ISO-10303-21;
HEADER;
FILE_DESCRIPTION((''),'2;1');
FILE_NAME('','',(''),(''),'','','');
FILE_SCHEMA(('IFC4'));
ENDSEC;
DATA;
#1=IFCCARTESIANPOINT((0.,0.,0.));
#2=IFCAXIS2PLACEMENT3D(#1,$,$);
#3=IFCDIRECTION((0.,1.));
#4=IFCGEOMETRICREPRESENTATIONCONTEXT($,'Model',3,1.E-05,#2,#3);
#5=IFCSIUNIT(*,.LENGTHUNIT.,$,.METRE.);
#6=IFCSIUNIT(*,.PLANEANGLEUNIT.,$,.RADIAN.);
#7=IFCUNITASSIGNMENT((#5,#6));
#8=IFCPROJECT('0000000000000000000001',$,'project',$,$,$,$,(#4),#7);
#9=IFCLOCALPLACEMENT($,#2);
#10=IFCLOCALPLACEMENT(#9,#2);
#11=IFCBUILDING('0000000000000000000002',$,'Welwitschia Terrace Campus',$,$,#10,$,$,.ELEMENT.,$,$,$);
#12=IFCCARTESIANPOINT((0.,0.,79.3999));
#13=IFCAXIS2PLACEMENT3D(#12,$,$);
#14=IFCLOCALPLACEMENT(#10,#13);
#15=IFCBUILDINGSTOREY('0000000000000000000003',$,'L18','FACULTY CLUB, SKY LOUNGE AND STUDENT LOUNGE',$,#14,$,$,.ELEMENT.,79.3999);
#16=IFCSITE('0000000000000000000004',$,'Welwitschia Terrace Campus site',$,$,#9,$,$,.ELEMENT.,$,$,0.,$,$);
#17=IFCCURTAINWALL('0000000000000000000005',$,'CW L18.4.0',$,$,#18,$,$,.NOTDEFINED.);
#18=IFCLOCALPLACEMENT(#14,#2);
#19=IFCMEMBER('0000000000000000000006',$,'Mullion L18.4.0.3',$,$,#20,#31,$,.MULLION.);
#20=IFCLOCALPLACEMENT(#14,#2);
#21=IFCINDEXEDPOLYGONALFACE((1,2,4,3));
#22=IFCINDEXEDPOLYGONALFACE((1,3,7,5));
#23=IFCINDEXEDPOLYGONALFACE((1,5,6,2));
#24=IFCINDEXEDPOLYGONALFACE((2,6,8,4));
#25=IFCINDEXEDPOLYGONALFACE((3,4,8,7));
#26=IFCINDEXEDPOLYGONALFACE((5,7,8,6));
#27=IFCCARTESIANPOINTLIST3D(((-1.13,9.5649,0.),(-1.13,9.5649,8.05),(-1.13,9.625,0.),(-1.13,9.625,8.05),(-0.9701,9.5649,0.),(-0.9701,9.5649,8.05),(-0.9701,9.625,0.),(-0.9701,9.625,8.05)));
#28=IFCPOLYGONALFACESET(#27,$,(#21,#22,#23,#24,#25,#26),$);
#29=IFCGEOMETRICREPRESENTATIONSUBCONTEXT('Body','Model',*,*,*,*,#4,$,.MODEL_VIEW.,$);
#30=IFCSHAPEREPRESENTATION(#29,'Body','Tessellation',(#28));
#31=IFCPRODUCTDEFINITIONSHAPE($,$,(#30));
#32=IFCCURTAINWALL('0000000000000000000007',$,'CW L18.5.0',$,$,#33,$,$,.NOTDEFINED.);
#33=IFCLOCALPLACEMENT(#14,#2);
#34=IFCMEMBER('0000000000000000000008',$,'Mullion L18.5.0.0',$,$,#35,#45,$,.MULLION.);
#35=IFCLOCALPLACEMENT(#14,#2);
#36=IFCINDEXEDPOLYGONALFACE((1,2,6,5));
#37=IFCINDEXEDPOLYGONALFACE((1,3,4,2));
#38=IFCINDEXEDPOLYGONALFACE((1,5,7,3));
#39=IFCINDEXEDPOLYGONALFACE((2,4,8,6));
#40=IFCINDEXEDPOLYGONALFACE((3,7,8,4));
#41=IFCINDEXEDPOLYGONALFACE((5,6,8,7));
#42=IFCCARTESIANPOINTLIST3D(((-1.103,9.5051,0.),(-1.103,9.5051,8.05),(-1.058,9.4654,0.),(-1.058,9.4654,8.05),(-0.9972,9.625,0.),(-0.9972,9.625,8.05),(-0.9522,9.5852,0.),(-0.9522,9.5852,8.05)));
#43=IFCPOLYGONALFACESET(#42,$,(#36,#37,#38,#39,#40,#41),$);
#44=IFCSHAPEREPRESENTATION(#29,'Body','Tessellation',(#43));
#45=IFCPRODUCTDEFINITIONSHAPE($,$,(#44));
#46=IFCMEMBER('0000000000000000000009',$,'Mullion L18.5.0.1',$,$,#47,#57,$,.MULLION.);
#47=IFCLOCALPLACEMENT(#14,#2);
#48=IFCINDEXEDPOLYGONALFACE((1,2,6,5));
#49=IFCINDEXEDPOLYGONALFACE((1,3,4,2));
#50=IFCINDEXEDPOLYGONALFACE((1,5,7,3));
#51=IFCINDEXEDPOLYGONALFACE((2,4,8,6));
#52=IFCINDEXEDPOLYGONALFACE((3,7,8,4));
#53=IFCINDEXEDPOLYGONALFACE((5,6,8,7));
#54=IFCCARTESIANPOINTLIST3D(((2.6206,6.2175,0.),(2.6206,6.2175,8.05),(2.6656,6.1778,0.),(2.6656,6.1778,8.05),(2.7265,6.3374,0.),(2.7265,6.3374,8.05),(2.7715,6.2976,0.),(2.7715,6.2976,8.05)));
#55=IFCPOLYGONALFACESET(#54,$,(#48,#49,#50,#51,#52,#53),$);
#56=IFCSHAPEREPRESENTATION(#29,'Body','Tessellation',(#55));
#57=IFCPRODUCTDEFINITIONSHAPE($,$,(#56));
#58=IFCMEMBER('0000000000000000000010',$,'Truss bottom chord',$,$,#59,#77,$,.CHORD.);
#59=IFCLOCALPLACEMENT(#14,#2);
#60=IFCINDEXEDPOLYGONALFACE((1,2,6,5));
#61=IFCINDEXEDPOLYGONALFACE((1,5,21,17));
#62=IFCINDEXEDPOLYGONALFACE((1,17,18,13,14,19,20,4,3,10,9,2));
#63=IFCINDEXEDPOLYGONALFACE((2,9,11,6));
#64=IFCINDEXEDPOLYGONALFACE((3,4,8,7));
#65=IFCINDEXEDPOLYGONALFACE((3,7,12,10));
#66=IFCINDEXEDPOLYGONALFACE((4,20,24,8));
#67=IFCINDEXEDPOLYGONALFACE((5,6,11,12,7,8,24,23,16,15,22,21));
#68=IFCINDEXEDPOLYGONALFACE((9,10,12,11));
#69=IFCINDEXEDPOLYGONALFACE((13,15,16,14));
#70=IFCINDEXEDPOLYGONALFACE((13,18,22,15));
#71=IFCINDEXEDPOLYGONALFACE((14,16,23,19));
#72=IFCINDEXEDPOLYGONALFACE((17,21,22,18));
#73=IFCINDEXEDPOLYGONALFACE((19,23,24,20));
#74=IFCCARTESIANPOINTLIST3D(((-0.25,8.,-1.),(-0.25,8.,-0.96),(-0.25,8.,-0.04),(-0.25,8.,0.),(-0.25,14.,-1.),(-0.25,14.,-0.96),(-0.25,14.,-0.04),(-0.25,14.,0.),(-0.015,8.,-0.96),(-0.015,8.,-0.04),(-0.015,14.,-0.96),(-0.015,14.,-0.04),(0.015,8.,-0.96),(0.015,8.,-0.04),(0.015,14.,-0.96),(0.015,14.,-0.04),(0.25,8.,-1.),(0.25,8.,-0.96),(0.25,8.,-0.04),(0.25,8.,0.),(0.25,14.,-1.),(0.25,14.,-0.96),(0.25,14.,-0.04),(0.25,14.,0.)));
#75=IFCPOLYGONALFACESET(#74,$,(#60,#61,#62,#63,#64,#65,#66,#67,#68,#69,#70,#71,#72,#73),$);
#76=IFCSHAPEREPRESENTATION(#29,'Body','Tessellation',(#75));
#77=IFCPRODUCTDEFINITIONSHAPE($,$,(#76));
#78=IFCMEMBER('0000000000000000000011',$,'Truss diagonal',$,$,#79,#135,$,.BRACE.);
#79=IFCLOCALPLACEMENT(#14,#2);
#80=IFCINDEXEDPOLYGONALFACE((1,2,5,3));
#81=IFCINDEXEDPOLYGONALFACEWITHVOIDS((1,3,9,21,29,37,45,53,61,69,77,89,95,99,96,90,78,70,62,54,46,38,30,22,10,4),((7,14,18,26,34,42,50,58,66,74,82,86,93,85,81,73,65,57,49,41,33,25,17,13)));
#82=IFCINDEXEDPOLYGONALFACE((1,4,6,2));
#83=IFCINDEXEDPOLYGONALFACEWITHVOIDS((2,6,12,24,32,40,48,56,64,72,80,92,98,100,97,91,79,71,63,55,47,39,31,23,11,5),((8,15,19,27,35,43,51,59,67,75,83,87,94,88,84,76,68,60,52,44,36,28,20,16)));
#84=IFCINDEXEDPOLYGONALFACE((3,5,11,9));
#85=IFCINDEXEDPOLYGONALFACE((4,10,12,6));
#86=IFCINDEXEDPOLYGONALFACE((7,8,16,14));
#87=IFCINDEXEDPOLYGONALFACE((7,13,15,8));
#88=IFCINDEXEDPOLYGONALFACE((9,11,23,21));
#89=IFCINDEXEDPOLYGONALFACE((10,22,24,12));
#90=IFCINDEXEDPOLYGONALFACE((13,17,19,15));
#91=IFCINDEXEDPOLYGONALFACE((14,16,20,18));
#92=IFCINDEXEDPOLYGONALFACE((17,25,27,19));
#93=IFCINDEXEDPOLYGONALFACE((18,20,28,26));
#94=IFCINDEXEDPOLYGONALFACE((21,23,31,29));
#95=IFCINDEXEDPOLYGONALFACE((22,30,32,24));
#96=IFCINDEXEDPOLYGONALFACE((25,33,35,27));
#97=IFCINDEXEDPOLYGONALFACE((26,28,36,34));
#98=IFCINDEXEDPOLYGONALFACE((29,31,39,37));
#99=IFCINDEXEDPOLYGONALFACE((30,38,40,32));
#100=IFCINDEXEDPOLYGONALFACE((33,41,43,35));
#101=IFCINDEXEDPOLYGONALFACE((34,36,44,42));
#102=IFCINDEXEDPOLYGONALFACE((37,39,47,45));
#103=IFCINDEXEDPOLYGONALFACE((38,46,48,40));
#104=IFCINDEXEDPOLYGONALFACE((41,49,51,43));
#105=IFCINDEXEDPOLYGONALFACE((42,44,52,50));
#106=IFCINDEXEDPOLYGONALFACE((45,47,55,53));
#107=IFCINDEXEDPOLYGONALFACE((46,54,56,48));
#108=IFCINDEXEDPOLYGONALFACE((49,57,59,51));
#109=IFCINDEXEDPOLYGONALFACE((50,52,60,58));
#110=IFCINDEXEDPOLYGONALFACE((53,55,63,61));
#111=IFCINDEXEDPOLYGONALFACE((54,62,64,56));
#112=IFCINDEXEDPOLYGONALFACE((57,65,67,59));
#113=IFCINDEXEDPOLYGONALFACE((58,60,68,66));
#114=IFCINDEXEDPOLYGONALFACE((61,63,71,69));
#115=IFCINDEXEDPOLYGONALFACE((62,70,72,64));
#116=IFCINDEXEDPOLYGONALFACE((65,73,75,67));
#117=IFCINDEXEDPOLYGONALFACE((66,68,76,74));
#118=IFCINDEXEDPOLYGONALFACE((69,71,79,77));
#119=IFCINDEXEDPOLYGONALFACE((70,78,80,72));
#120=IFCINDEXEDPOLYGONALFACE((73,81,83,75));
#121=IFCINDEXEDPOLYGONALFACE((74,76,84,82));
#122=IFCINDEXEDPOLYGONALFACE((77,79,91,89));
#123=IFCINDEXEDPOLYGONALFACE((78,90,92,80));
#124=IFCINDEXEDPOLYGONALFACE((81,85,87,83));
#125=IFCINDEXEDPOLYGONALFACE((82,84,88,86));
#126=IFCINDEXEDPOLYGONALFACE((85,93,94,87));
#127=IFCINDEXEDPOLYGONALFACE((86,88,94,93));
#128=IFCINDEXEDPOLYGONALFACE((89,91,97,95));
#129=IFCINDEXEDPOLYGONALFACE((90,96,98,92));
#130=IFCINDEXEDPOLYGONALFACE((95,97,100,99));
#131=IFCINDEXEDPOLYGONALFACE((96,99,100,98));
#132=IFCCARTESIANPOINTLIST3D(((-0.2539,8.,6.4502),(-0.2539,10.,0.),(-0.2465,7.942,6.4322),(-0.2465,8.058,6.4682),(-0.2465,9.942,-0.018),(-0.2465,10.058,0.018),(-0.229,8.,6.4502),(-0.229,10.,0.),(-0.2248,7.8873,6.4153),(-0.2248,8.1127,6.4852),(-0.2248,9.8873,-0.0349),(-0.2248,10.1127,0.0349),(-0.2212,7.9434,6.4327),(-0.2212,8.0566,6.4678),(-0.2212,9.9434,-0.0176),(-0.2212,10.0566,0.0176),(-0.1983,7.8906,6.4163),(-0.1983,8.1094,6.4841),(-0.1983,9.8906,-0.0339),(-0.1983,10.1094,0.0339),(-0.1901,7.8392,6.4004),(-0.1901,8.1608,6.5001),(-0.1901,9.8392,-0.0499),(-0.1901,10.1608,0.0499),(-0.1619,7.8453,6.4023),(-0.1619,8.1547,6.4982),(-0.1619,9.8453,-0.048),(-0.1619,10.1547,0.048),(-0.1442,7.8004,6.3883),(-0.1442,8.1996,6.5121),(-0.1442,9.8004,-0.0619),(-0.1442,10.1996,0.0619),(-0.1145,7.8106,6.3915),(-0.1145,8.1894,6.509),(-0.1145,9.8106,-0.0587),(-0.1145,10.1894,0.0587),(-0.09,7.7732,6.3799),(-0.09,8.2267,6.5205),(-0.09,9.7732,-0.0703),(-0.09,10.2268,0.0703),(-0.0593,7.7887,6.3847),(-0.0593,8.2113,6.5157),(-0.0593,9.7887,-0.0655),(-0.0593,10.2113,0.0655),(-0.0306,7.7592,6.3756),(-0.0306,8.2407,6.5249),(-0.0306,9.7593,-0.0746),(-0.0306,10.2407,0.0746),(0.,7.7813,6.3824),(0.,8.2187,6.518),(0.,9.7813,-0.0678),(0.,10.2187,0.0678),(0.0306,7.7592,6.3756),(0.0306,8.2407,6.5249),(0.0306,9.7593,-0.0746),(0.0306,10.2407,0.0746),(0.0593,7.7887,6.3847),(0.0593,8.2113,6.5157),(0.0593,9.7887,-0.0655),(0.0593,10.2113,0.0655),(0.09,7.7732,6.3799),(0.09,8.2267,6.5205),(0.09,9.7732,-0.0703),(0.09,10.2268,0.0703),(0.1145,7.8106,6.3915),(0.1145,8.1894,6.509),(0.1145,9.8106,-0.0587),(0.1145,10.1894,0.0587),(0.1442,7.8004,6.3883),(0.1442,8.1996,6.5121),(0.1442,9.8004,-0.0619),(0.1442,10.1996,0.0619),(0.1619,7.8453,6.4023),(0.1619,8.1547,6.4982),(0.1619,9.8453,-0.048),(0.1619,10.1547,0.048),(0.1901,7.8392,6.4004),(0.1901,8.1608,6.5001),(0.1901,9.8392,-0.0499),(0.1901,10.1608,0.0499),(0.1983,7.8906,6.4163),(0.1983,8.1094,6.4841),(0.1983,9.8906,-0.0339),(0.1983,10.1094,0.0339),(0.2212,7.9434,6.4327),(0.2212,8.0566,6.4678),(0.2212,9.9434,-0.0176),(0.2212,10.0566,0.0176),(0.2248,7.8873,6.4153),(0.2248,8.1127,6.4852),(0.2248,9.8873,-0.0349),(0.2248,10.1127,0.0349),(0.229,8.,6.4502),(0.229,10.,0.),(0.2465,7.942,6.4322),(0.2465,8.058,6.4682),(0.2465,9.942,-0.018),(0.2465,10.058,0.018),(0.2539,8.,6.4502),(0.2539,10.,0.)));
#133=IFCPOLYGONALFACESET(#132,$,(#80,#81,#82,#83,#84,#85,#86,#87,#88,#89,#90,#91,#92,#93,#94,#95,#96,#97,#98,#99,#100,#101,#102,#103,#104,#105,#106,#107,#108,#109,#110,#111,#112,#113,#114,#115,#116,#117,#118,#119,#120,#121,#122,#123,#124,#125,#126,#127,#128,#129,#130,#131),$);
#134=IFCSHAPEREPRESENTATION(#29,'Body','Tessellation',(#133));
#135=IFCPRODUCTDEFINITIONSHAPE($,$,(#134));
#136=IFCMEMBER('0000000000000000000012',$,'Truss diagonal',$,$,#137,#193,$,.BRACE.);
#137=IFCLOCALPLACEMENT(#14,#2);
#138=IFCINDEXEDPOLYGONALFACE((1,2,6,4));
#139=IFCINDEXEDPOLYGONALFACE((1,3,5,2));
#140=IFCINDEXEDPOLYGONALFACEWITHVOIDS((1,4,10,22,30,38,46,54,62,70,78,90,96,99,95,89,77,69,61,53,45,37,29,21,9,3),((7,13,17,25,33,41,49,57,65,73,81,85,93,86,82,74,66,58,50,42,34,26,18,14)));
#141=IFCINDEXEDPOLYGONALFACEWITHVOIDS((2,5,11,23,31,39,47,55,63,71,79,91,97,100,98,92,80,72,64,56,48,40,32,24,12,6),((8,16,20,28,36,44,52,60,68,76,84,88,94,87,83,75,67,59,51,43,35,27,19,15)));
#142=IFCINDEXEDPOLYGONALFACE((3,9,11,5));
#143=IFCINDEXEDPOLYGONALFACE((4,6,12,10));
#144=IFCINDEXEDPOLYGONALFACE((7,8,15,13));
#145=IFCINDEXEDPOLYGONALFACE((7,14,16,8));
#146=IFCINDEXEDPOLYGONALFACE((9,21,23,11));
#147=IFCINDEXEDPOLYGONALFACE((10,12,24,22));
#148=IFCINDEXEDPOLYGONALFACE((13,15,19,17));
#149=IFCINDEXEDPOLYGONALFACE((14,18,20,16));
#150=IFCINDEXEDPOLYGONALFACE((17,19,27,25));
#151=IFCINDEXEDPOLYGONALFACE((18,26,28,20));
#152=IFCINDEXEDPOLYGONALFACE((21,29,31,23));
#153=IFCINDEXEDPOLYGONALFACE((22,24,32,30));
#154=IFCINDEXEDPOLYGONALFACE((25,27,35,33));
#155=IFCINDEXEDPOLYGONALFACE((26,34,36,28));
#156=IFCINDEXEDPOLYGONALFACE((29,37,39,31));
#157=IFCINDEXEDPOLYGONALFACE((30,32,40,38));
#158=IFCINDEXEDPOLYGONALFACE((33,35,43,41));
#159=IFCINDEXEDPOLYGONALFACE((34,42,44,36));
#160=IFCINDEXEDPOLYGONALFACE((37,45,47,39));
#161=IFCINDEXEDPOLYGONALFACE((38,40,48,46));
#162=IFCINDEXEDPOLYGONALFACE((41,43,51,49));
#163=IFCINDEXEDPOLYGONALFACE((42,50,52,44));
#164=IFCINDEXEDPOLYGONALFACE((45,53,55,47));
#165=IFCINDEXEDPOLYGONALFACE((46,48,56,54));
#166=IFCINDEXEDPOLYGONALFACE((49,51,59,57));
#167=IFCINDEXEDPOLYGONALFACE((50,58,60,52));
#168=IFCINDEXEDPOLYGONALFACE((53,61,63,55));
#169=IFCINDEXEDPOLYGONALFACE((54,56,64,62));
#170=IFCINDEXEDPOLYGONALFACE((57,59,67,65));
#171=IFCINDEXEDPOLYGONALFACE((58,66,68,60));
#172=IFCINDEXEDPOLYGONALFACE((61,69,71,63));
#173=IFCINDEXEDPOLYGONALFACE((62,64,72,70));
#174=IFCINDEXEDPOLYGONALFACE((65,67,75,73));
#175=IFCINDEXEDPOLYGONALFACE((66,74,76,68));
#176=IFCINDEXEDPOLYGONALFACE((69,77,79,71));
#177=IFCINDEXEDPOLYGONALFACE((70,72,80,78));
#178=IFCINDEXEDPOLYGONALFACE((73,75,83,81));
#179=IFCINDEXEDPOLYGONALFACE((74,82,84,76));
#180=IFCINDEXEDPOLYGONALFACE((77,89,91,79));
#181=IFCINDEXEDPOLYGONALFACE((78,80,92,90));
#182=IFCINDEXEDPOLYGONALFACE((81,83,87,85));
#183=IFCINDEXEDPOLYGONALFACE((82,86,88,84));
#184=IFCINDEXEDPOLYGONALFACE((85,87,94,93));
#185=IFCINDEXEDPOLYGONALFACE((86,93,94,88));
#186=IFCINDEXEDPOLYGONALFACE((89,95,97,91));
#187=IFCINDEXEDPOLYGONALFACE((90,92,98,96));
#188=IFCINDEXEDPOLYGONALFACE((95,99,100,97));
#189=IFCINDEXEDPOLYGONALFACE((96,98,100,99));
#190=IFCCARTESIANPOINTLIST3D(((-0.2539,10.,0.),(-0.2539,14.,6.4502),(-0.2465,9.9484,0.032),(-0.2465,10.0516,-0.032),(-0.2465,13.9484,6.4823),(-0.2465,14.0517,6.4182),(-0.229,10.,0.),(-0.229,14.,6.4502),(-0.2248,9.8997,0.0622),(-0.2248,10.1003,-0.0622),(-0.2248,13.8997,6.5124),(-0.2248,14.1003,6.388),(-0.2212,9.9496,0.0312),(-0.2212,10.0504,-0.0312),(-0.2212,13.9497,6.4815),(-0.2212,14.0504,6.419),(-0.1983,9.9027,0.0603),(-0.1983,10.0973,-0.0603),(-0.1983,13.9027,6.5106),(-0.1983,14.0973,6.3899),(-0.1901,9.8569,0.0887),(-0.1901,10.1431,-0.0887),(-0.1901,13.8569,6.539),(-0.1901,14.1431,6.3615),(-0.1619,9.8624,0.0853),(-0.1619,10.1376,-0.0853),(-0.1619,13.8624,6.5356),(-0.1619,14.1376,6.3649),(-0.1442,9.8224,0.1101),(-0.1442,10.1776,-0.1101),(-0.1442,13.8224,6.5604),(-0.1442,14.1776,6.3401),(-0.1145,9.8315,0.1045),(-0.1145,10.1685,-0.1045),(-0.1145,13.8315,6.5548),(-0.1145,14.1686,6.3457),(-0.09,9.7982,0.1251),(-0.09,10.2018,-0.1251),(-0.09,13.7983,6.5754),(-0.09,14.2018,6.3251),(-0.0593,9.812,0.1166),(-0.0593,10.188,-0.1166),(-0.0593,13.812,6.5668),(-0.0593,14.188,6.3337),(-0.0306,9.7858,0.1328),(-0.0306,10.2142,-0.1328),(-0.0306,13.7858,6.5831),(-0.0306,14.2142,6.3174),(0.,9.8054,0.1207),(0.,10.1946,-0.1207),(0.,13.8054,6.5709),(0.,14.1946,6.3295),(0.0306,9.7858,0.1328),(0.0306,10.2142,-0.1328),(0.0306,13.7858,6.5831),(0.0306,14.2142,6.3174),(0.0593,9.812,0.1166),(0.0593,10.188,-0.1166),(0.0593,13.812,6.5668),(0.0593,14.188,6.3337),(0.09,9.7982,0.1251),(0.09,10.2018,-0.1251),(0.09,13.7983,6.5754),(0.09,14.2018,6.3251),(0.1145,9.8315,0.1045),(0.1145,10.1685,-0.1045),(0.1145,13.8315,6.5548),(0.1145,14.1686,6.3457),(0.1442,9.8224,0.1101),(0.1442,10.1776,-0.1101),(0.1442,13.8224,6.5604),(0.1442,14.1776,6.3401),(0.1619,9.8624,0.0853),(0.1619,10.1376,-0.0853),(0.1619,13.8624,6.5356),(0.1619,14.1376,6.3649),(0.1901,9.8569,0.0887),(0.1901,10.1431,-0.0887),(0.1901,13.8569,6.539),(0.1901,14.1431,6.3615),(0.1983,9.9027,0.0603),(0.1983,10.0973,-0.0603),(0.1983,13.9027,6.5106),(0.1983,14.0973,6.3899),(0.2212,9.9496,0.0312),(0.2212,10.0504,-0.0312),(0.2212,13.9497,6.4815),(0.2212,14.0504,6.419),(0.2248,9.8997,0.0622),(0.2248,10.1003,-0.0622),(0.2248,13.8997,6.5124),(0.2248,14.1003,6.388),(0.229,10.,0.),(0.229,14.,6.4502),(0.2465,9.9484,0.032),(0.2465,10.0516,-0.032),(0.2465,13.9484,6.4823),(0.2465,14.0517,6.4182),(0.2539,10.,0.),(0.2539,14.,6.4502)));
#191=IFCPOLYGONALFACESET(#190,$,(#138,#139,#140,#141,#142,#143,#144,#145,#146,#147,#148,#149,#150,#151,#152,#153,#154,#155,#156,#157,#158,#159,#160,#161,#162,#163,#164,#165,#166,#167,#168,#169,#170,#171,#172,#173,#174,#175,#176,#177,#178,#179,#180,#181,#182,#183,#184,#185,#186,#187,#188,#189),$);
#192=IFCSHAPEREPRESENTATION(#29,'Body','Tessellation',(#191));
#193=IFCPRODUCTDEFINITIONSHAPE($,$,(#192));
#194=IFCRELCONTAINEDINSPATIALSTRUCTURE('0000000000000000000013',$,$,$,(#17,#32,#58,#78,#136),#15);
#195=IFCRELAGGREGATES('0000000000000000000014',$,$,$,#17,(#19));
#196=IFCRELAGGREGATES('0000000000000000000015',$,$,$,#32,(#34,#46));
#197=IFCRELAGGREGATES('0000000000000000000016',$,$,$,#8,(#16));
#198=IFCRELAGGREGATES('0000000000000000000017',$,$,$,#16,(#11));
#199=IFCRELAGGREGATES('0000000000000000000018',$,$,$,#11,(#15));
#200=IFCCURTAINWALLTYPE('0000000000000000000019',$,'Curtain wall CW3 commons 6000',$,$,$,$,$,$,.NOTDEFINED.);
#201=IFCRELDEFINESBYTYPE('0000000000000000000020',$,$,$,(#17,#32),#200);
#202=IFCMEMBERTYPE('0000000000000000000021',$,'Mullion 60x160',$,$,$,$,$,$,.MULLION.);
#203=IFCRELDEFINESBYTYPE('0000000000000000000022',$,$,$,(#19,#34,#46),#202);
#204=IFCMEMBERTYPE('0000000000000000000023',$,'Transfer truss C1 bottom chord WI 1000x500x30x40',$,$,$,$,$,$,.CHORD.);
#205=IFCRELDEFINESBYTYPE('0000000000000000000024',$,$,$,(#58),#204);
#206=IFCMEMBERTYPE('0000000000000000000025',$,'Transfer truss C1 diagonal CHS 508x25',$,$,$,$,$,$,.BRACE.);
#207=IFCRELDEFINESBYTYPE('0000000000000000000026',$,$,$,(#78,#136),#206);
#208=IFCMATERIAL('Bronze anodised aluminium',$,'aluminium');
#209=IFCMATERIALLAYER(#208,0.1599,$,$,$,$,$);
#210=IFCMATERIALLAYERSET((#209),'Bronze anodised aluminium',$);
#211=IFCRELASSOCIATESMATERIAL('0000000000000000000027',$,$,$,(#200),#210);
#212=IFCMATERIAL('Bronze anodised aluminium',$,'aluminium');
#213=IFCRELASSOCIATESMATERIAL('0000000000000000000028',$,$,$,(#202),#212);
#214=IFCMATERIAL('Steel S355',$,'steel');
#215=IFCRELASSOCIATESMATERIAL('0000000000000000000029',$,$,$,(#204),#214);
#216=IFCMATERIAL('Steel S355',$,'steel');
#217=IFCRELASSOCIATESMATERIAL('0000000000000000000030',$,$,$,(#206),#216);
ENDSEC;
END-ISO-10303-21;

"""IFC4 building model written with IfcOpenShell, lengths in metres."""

from ifc_helpers import new_model, si_unit, direction, frame, origin, origin_2d, place, context, subcontext, project, spatial, rectangle, hollow_circle, i_section, extrude, material, layer, layer_set, material_profile, profile_set, type_object, element, aggregate, save


model = new_model("IFC4")

# Units and contexts
model_context = context("Model", 3, precision=1e-05, world=origin(), true_north=direction((0.0, 1.0)))
body_context = subcontext(model_context, "Body", "Model", "MODEL_VIEW")
ifc_project = project(units=[si_unit("LENGTHUNIT", "METRE"), si_unit("PLANEANGLEUNIT", "RADIAN")], contexts=[model_context])

# Site, building, storey
site_placement = place(None, origin())
site = spatial("IfcSite", under=ifc_project, at=site_placement, Name="Welwitschia Terrace Campus site", CompositionType="ELEMENT", RefElevation=0.0)
building_placement = place(site_placement, origin())
building = spatial("IfcBuilding", under=site, at=building_placement, Name="Welwitschia Terrace Campus", CompositionType="ELEMENT")
storey_placement = place(building_placement, frame((0.0, 0.0, 79.3999)))
storey = spatial("IfcBuildingStorey", under=building, at=storey_placement, Name="L18", Description="FACULTY CLUB, SKY LOUNGE AND STUDENT LOUNGE", CompositionType="ELEMENT", Elevation=79.3999)

# Curtain wall, member
ifc_material_1 = material(Name="Bronze anodised aluminium", Category="aluminium")
ifc_layer_1 = layer(ifc_material_1, 0.1599)
ifc_layer_set_1 = layer_set([ifc_layer_1], Name="Bronze anodised aluminium")
curtain_wall_type = type_object("IfcCurtainWallType", Name="Curtain wall CW3 commons 6000", PredefinedType="NOTDEFINED", material=ifc_layer_set_1)
curtain_wall_1_placement = place(storey_placement, origin())
curtain_wall_1 = element("IfcCurtainWall", 1, at=curtain_wall_1_placement, inside=storey, type_object=curtain_wall_type, Name="CW L18.4.0", PredefinedType="NOTDEFINED")
ifc_material_2 = material(Name="Bronze anodised aluminium", Category="aluminium")
ifc_material_profile_1 = material_profile(ifc_material_2, rectangle(XDim=0.1599, YDim=0.0601, at=origin_2d()))
ifc_profile_set_1 = profile_set([ifc_material_profile_1], Name="Bronze anodised aluminium")
member_type_1 = type_object("IfcMemberType", Name="Mullion 60x160", PredefinedType="MULLION", material=ifc_profile_set_1)
member_1_placement = place(storey_placement, frame((-1.05, 9.595, 0.0), z_axis=(0.0, 0.0, 1.0), x_axis=(1.0, 0.0, 0.0)))
member_1 = element("IfcMember", 2, at=member_1_placement, type_object=member_type_1, Name="Mullion L18.4.0.3", PredefinedType="MULLION", context=body_context, shape_type="SweptSolid", body=[
    extrude(rectangle(XDim=0.1599, YDim=0.0601, at=origin_2d()), origin(), (0.0, 0.0, 1.0), 8.05),
])
aggregate(curtain_wall_1, [member_1])

# Curtain wall, members
curtain_wall_2_placement = place(storey_placement, origin())
curtain_wall_2 = element("IfcCurtainWall", 3, at=curtain_wall_2_placement, inside=storey, type_object=curtain_wall_type, Name="CW L18.5.0", PredefinedType="NOTDEFINED")
member_2_placement = place(storey_placement, frame((-1.0276, 9.5452, 0.0), z_axis=(0.0, 0.0, 1.0), x_axis=(0.661858, 0.74963, 0.0)))
member_2 = element("IfcMember", 4, at=member_2_placement, type_object=member_type_1, Name="Mullion L18.5.0.0", PredefinedType="MULLION", context=body_context, shape_type="SweptSolid", body=[
    extrude(rectangle(XDim=0.1599, YDim=0.0601, at=origin_2d()), origin(), (0.0, 0.0, 1.0), 8.05),
])
member_3_placement = place(storey_placement, frame((2.696, 6.2576, 0.0), z_axis=(0.0, 0.0, 1.0), x_axis=(0.661858, 0.74963, 0.0)))
member_3 = element("IfcMember", 5, at=member_3_placement, type_object=member_type_1, Name="Mullion L18.5.0.1", PredefinedType="MULLION", context=body_context, shape_type="SweptSolid", body=[
    extrude(rectangle(XDim=0.1599, YDim=0.0601, at=origin_2d()), origin(), (0.0, 0.0, 1.0), 8.05),
])

# Members
ifc_material_3 = material(Name="Steel S355", Category="steel")
ifc_material_profile_2 = material_profile(ifc_material_3, i_section(OverallWidth=0.5, OverallDepth=1.0, WebThickness=0.03, FlangeThickness=0.04, at=origin_2d()))
ifc_profile_set_2 = profile_set([ifc_material_profile_2], Name="Steel S355")
member_type_2 = type_object("IfcMemberType", Name="Transfer truss C1 bottom chord WI 1000x500x30x40", PredefinedType="CHORD", material=ifc_profile_set_2)
member_4_placement = place(storey_placement, frame((0.0, 8.0, -0.5), z_axis=(0.0, 1.0, 0.0), x_axis=(-1.0, 0.0, 0.0)))
element("IfcMember", 6, at=member_4_placement, inside=storey, type_object=member_type_2, Name="Truss bottom chord", PredefinedType="CHORD", context=body_context, shape_type="SweptSolid", body=[
    extrude(i_section(OverallWidth=0.5, OverallDepth=1.0, WebThickness=0.03, FlangeThickness=0.04, at=origin_2d()), origin(), (0.0, 0.0, 1.0), 6.0),
])
ifc_material_4 = material(Name="Steel S355", Category="steel")
ifc_material_profile_3 = material_profile(ifc_material_4, hollow_circle(Radius=0.2539, WallThickness=0.0249, at=origin_2d()))
ifc_profile_set_3 = profile_set([ifc_material_profile_3], Name="Steel S355")
member_type_3 = type_object("IfcMemberType", Name="Transfer truss C1 diagonal CHS 508x25", PredefinedType="BRACE", material=ifc_profile_set_3)
member_5_placement = place(storey_placement, frame((0.0, 10.0, 0.0), z_axis=(0.0, -0.296158, 0.955139), x_axis=(1.0, 0.0, 0.0)))
element("IfcMember", 7, at=member_5_placement, inside=storey, type_object=member_type_3, Name="Truss diagonal", PredefinedType="BRACE", context=body_context, shape_type="SweptSolid", body=[
    extrude(hollow_circle(Radius=0.2539, WallThickness=0.0249, at=origin_2d()), origin(), (0.0, 0.0, 1.0), 6.7532),
])
member_6_placement = place(storey_placement, frame((0.0, 10.0, 0.0), z_axis=(0.0, 0.527023, 0.849851), x_axis=(-1.0, 0.0, 0.0)))
element("IfcMember", 8, at=member_6_placement, inside=storey, type_object=member_type_3, Name="Truss diagonal", PredefinedType="BRACE", context=body_context, shape_type="SweptSolid", body=[
    extrude(hollow_circle(Radius=0.2539, WallThickness=0.0249, at=origin_2d()), origin(), (0.0, 0.0, 1.0), 7.5898),
])

aggregate(curtain_wall_2, [member_2, member_3])

save(model, "model.ifc")
